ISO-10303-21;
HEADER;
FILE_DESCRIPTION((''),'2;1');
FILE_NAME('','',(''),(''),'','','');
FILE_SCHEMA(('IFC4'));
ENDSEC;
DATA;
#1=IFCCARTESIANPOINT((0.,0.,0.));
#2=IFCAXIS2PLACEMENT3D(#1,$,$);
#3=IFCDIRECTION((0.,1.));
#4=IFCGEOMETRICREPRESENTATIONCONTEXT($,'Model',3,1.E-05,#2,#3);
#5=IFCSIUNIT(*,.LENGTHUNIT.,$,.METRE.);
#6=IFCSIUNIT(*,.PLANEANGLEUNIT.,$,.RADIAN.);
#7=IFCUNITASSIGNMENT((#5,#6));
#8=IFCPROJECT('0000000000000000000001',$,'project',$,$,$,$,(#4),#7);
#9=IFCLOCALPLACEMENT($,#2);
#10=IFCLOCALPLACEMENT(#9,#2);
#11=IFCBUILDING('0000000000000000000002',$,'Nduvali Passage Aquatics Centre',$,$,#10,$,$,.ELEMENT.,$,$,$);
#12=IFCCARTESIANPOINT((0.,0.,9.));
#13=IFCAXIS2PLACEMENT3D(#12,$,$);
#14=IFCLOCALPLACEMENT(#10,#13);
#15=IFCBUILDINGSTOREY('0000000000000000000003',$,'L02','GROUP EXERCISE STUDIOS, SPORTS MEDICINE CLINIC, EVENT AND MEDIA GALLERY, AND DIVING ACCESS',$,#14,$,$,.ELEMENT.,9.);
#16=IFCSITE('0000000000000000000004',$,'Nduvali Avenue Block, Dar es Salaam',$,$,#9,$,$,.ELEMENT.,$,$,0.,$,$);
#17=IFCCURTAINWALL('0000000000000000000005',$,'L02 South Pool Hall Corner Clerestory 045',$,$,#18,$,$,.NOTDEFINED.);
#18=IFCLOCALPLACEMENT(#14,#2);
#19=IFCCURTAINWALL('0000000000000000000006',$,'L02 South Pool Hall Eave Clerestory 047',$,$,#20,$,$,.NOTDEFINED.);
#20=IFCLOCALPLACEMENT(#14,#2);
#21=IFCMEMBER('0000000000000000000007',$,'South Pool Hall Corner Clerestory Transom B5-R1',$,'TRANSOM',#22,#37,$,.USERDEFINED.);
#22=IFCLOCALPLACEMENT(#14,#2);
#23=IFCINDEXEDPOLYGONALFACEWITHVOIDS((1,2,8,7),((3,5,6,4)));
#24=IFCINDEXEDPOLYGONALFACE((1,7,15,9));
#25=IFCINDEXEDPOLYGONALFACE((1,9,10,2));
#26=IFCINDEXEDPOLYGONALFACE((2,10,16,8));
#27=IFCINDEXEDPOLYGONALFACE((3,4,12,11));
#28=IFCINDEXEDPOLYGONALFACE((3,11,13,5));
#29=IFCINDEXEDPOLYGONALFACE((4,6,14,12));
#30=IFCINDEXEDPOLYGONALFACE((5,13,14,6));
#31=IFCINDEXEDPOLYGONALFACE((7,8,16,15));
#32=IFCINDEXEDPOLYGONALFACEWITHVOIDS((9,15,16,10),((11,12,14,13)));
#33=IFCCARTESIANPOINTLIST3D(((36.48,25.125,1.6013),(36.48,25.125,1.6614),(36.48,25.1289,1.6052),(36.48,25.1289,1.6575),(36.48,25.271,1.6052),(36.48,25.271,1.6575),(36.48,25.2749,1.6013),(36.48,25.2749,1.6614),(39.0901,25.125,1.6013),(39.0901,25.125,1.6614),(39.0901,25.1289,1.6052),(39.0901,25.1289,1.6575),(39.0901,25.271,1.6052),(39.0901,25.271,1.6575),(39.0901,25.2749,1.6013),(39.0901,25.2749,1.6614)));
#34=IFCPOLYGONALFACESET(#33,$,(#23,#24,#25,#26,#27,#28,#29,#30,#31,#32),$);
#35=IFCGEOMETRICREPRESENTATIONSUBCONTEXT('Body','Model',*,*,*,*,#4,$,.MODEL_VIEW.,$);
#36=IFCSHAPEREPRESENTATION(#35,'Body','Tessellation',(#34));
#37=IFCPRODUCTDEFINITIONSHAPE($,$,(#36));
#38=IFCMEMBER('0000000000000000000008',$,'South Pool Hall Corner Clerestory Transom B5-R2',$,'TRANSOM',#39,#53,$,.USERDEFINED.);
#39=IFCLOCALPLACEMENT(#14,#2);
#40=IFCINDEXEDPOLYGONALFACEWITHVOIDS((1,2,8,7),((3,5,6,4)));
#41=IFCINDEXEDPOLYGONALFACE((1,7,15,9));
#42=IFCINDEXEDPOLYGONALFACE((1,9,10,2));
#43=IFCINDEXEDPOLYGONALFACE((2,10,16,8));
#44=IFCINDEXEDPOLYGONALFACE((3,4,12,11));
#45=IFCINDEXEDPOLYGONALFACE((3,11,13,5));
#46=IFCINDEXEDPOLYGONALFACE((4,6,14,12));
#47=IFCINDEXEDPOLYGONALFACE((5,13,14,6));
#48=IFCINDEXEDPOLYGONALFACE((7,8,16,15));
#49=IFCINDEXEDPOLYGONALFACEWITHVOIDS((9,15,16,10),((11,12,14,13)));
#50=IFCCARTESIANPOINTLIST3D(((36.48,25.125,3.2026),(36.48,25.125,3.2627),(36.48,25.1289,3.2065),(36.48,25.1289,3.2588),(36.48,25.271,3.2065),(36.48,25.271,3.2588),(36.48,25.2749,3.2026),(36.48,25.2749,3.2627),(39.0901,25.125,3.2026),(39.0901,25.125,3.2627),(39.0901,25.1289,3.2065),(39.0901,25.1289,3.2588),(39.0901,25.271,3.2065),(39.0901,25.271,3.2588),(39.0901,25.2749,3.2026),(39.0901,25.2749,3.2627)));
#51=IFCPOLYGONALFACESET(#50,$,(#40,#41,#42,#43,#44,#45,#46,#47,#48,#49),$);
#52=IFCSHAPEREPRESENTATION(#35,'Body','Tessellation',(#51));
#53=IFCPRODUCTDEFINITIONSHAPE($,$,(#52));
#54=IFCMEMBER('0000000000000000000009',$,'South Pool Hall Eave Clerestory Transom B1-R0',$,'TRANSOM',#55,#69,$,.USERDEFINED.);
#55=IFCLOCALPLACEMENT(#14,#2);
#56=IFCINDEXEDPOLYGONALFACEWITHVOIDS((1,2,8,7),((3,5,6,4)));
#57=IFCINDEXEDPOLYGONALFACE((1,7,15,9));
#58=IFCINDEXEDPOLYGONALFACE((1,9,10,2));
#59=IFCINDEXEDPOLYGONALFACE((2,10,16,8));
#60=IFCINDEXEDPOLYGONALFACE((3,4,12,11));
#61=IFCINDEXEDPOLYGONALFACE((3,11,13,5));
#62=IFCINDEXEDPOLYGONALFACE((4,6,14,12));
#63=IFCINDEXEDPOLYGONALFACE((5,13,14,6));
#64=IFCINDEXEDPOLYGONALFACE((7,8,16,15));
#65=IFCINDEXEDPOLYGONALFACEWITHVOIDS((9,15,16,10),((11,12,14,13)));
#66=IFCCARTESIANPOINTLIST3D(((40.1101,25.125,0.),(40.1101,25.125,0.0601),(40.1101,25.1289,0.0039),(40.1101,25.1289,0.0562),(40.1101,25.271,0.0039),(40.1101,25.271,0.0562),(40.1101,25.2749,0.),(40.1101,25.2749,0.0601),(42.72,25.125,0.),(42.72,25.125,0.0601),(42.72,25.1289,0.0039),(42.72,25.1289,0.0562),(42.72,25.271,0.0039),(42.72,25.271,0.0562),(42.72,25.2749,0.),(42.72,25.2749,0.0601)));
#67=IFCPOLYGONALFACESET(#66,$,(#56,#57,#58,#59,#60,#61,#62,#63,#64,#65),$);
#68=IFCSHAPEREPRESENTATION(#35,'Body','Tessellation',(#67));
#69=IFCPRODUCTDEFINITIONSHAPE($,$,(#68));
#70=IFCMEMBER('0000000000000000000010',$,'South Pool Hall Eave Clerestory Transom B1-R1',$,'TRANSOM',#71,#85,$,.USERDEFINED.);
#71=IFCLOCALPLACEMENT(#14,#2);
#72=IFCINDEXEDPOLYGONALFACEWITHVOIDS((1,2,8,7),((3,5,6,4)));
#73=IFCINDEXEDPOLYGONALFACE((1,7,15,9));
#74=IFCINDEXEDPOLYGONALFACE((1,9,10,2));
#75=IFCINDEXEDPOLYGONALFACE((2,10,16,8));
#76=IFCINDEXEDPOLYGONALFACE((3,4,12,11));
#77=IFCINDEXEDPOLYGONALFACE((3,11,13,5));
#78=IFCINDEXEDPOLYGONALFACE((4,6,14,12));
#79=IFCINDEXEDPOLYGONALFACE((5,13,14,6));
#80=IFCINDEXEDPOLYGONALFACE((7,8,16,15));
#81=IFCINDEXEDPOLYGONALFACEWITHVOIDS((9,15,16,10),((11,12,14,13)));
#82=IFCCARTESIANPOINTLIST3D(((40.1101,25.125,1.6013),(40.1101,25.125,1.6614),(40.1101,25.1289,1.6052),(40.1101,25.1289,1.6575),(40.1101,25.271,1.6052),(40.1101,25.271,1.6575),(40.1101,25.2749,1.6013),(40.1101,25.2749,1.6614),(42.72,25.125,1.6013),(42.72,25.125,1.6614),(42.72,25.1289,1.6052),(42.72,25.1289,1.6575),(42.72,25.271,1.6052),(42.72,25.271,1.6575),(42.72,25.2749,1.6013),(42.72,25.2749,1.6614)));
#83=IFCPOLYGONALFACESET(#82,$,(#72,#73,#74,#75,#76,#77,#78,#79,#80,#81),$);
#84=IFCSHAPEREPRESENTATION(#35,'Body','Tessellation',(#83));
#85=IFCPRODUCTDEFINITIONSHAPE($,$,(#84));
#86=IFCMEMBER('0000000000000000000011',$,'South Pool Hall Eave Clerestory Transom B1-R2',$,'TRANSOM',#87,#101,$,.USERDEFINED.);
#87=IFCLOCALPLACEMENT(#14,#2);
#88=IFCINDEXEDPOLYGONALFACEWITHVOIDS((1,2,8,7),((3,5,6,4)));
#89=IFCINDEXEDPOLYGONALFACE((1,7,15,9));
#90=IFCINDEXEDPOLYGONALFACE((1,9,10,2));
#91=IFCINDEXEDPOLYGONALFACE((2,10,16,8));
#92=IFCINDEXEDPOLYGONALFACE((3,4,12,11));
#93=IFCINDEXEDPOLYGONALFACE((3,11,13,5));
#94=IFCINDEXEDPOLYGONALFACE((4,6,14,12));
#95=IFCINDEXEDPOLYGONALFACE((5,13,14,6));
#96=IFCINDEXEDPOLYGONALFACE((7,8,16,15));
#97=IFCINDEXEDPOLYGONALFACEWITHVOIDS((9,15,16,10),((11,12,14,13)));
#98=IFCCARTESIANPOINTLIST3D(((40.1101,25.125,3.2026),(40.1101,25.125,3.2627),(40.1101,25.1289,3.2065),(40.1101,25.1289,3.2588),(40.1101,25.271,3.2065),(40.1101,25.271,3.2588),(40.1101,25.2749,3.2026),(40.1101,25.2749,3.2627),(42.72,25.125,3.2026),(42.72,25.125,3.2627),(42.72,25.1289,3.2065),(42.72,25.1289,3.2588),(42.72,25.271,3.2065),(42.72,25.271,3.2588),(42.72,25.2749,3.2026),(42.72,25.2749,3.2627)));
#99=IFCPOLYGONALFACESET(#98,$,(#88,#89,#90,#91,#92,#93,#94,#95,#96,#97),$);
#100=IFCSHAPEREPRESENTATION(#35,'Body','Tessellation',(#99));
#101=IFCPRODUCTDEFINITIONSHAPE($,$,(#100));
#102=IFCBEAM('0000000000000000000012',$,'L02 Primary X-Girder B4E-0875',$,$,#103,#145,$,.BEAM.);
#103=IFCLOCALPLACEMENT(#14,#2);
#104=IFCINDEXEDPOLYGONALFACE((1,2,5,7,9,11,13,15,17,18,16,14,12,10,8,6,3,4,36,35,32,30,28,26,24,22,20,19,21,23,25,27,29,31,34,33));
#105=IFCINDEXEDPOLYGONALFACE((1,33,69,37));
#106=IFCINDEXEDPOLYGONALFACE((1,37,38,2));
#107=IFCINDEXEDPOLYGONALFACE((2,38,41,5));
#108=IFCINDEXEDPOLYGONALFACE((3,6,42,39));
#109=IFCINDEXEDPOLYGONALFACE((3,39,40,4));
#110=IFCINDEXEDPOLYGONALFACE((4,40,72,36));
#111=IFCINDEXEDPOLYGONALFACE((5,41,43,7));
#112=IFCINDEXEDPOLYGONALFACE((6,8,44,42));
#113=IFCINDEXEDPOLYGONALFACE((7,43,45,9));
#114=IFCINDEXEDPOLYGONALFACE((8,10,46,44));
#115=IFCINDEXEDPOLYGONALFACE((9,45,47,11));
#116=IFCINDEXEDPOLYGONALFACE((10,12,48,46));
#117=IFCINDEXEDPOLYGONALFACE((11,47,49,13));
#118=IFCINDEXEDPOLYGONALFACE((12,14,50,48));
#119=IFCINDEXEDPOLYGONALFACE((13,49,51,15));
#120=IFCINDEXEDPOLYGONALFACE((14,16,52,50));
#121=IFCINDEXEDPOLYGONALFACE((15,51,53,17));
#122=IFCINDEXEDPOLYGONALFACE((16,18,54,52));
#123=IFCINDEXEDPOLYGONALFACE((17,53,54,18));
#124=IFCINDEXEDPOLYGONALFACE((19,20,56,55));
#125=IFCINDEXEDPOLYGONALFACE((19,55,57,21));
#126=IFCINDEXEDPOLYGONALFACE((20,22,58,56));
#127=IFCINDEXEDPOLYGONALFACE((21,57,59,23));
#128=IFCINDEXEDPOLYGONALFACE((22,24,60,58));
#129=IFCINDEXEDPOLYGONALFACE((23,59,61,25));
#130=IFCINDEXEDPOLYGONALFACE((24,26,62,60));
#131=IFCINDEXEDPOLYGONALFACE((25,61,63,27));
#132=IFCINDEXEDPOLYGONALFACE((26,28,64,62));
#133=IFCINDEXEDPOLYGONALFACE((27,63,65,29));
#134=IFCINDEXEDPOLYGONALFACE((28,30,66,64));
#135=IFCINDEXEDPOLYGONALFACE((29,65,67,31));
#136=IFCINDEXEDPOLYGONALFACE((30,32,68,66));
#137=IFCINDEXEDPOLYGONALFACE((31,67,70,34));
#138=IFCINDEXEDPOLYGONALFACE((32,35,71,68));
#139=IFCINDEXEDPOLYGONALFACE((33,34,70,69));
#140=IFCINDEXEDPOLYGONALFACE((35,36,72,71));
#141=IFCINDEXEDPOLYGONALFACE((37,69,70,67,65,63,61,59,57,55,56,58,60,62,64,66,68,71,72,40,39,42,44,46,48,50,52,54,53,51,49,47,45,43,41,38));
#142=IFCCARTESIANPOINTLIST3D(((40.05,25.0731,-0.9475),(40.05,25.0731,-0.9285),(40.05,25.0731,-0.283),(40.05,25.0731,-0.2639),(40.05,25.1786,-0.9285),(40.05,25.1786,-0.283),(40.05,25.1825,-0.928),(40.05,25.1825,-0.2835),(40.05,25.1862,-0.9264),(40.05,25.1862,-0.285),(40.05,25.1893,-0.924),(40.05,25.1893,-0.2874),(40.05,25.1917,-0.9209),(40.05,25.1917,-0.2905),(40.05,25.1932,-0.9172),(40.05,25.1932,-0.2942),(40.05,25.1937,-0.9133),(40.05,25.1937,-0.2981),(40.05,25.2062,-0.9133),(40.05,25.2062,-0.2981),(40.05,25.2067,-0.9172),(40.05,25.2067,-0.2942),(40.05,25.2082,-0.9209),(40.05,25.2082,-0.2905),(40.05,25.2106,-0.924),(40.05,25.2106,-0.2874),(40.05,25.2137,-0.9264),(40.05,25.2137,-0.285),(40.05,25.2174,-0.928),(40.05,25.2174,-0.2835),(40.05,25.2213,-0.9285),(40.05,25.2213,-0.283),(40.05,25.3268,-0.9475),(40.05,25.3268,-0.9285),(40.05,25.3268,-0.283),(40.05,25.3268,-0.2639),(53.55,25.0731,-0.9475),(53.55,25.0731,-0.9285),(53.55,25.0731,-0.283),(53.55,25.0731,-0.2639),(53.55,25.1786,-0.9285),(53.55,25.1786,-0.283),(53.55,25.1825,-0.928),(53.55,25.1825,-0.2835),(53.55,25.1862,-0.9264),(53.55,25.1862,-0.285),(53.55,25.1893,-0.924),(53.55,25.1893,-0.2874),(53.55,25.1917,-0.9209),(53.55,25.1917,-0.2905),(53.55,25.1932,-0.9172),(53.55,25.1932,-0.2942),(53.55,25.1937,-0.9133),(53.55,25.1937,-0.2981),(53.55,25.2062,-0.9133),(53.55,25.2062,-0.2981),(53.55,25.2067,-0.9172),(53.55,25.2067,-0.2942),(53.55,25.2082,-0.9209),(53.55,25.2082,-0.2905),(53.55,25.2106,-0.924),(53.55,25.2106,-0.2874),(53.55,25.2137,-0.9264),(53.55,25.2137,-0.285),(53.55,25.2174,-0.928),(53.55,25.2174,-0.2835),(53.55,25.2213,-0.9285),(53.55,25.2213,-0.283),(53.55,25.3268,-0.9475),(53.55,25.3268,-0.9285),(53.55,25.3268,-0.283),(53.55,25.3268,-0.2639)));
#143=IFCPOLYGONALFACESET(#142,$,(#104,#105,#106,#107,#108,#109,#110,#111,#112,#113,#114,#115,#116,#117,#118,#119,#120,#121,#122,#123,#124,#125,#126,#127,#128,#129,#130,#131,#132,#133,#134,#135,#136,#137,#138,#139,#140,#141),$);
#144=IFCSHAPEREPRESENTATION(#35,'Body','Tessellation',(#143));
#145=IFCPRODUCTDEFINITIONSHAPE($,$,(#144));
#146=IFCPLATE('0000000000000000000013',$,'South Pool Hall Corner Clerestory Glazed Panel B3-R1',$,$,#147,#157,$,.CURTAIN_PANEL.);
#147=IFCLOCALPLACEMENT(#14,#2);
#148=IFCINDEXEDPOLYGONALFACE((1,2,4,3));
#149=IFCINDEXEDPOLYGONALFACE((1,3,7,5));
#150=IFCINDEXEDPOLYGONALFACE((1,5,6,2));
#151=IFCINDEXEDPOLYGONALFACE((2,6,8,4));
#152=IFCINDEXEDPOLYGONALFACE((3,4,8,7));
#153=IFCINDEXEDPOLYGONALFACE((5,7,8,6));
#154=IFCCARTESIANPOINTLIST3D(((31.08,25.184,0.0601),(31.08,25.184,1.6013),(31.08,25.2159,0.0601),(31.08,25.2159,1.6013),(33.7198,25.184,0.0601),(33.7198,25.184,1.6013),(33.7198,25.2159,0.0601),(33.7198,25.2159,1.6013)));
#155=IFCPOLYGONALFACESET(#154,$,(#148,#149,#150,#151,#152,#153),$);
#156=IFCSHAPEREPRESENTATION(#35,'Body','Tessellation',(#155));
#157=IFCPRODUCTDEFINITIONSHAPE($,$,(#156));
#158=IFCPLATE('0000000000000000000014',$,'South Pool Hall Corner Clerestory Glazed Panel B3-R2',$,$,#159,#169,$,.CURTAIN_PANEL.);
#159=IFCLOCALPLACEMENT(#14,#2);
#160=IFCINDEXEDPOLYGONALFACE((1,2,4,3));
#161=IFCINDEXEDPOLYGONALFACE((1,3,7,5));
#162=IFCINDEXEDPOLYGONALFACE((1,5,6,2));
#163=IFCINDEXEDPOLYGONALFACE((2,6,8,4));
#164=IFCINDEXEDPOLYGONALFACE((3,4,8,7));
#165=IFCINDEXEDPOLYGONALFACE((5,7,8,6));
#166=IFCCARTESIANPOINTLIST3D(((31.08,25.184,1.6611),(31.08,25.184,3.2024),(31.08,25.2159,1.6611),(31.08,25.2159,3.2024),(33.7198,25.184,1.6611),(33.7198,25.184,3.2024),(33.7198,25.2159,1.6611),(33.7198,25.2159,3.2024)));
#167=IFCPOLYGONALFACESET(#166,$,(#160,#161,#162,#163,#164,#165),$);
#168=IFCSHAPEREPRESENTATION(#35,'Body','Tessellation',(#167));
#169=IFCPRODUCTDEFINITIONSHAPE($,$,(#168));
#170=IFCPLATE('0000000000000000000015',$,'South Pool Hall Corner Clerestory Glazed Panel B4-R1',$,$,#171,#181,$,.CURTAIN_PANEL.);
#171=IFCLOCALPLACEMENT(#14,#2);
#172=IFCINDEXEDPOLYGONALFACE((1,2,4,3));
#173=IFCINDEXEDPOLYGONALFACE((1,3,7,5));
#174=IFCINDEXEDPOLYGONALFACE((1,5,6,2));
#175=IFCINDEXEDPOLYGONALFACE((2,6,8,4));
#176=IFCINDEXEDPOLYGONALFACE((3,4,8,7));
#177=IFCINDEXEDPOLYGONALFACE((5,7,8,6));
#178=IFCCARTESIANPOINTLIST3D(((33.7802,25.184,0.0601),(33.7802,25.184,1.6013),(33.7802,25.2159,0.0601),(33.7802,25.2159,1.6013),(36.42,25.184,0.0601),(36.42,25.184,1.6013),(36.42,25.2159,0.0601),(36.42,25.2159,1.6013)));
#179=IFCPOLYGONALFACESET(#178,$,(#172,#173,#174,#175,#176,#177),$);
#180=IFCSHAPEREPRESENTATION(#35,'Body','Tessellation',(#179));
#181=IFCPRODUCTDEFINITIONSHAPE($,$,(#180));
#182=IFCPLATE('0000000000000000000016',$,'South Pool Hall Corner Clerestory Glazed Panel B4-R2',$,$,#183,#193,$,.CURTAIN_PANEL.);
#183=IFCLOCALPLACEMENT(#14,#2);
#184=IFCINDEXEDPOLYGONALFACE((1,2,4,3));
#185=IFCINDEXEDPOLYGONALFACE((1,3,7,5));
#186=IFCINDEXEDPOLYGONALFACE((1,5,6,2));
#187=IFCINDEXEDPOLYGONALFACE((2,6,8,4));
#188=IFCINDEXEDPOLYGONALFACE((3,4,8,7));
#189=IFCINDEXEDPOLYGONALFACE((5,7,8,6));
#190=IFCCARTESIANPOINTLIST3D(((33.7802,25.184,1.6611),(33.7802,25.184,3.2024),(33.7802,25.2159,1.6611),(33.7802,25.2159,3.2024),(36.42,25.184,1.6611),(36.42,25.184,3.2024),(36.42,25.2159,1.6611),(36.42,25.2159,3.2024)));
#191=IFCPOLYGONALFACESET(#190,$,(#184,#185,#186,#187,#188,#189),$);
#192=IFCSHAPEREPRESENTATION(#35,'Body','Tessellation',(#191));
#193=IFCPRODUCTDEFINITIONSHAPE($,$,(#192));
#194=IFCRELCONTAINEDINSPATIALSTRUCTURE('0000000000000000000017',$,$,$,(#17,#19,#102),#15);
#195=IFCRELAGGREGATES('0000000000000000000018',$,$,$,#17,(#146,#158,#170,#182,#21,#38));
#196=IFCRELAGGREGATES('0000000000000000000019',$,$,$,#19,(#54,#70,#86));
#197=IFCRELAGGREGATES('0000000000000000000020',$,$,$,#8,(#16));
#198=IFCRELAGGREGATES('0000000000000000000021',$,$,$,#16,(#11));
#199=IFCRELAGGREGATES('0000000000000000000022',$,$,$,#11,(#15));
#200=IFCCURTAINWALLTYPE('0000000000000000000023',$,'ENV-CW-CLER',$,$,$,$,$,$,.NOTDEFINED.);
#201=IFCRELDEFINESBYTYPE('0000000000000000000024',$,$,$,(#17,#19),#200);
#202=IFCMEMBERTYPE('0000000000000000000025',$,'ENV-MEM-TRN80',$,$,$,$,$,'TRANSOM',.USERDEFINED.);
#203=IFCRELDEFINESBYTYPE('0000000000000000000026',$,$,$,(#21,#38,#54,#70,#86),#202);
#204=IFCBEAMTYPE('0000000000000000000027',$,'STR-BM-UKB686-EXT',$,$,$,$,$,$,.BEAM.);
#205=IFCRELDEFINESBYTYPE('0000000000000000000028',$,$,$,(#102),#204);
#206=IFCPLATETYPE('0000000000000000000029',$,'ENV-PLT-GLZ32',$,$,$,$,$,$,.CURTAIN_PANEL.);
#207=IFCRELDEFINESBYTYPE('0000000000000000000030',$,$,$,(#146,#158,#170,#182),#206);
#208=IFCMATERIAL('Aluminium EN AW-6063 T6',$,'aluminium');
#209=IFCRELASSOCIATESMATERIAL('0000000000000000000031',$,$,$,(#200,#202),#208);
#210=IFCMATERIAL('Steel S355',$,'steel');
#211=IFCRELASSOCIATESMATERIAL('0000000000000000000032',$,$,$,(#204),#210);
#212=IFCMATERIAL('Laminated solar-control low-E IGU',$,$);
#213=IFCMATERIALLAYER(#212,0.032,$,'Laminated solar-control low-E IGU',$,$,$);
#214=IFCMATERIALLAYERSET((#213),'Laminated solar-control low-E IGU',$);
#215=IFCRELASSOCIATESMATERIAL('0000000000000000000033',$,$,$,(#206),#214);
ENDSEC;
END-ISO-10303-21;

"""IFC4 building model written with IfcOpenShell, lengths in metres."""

from ifc_helpers import new_model, si_unit, direction, frame, origin, origin_2d, place, context, subcontext, project, spatial, rectangle, hollow_rectangle, i_section, extrude, material, layer, layer_set, material_profile, profile_set, type_object, element, aggregate, save


model = new_model("IFC4")

# Units and contexts
model_context = context("Model", 3, precision=1e-05, world=origin(), true_north=direction((0.0, 1.0)))
body_context = subcontext(model_context, "Body", "Model", "MODEL_VIEW")
ifc_project = project(units=[si_unit("LENGTHUNIT", "METRE"), si_unit("PLANEANGLEUNIT", "RADIAN")], contexts=[model_context])

# Site, building, storey
site_placement = place(None, origin())
site = spatial("IfcSite", under=ifc_project, at=site_placement, Name="Nduvali Avenue Block, Dar es Salaam", CompositionType="ELEMENT", RefElevation=0.0)
building_placement = place(site_placement, origin())
building = spatial("IfcBuilding", under=site, at=building_placement, Name="Nduvali Passage Aquatics Centre", CompositionType="ELEMENT")
storey_placement = place(building_placement, frame((0.0, 0.0, 9.0)))
storey = spatial("IfcBuildingStorey", under=building, at=storey_placement, Name="L02", Description="GROUP EXERCISE STUDIOS, SPORTS MEDICINE CLINIC, EVENT AND MEDIA GALLERY, AND DIVING ACCESS", CompositionType="ELEMENT", Elevation=9.0)

# Curtain wall
ifc_material_1 = material(Name="Aluminium EN AW-6063 T6", Category="aluminium")
curtain_wall_type = type_object("IfcCurtainWallType", Name="ENV-CW-CLER", PredefinedType="NOTDEFINED", material=ifc_material_1)
curtain_wall_1_placement = place(storey_placement, origin())
curtain_wall_1 = element("IfcCurtainWall", 1, at=curtain_wall_1_placement, inside=storey, type_object=curtain_wall_type, Name="L02 South Pool Hall Corner Clerestory 045", PredefinedType="NOTDEFINED")

# Curtain wall
curtain_wall_2_placement = place(storey_placement, origin())
curtain_wall_2 = element("IfcCurtainWall", 2, at=curtain_wall_2_placement, inside=storey, type_object=curtain_wall_type, Name="L02 South Pool Hall Eave Clerestory 047", PredefinedType="NOTDEFINED")

# Members
ifc_material_profile_1 = material_profile(ifc_material_1, hollow_rectangle(XDim=0.1499, YDim=0.0601, WallThickness=0.0039, at=origin_2d()), Name="ALU TRANSOM 150x60x4")
ifc_profile_set_1 = profile_set([ifc_material_profile_1], Name="Aluminium EN AW-6063 T6")
member_type_1 = type_object("IfcMemberType", Name="ENV-MEM-TRN80", ElementType="TRANSOM", PredefinedType="USERDEFINED", material=ifc_profile_set_1)
member_1_placement = place(storey_placement, frame((36.48, 25.2, 1.6313), z_axis=(1.0, 0.0, 0.0), x_axis=(0.0, 1.0, 0.0)))
member_1 = element("IfcMember", 3, at=member_1_placement, type_object=member_type_1, Name="South Pool Hall Corner Clerestory Transom B5-R1", ObjectType="TRANSOM", PredefinedType="USERDEFINED", context=body_context, shape_type="SweptSolid", body=[
    extrude(hollow_rectangle(XDim=0.1499, YDim=0.0601, WallThickness=0.0039, at=origin_2d()), origin(), (0.0, 0.0, 1.0), 2.6101),
])
member_2_placement = place(storey_placement, frame((36.48, 25.2, 3.2327), z_axis=(1.0, 0.0, 0.0), x_axis=(0.0, 1.0, 0.0)))
member_2 = element("IfcMember", 4, at=member_2_placement, type_object=member_type_1, Name="South Pool Hall Corner Clerestory Transom B5-R2", ObjectType="TRANSOM", PredefinedType="USERDEFINED", context=body_context, shape_type="SweptSolid", body=[
    extrude(hollow_rectangle(XDim=0.1499, YDim=0.0601, WallThickness=0.0039, at=origin_2d()), origin(), (0.0, 0.0, 1.0), 2.6101),
])
member_3_placement = place(storey_placement, frame((40.1101, 25.2, 0.03), z_axis=(1.0, 0.0, 0.0), x_axis=(0.0, 1.0, 0.0)))
member_3 = element("IfcMember", 5, at=member_3_placement, type_object=member_type_1, Name="South Pool Hall Eave Clerestory Transom B1-R0", ObjectType="TRANSOM", PredefinedType="USERDEFINED", context=body_context, shape_type="SweptSolid", body=[
    extrude(hollow_rectangle(XDim=0.1499, YDim=0.0601, WallThickness=0.0039, at=origin_2d()), origin(), (0.0, 0.0, 1.0), 2.6099),
])
member_4_placement = place(storey_placement, frame((40.1101, 25.2, 1.6313), z_axis=(1.0, 0.0, 0.0), x_axis=(0.0, 1.0, 0.0)))
member_4 = element("IfcMember", 6, at=member_4_placement, type_object=member_type_1, Name="South Pool Hall Eave Clerestory Transom B1-R1", ObjectType="TRANSOM", PredefinedType="USERDEFINED", context=body_context, shape_type="SweptSolid", body=[
    extrude(hollow_rectangle(XDim=0.1499, YDim=0.0601, WallThickness=0.0039, at=origin_2d()), origin(), (0.0, 0.0, 1.0), 2.6099),
])
member_5_placement = place(storey_placement, frame((40.1101, 25.2, 3.2327), z_axis=(1.0, 0.0, 0.0), x_axis=(0.0, 1.0, 0.0)))
member_5 = element("IfcMember", 7, at=member_5_placement, type_object=member_type_1, Name="South Pool Hall Eave Clerestory Transom B1-R2", ObjectType="TRANSOM", PredefinedType="USERDEFINED", context=body_context, shape_type="SweptSolid", body=[
    extrude(hollow_rectangle(XDim=0.1499, YDim=0.0601, WallThickness=0.0039, at=origin_2d()), origin(), (0.0, 0.0, 1.0), 2.6099),
])

# Beam
ifc_material_2 = material(Name="Steel S355", Category="steel")
ifc_material_profile_2 = material_profile(ifc_material_2, i_section(OverallWidth=0.2537, OverallDepth=0.6836, WebThickness=0.0125, FlangeThickness=0.019, FilletRadius=0.0151, at=origin_2d()), Name="UKB 686x254x140")
ifc_profile_set_2 = profile_set([ifc_material_profile_2], Name="Steel S355")
beam_type = type_object("IfcBeamType", Name="STR-BM-UKB686-EXT", PredefinedType="BEAM", material=ifc_profile_set_2)
beam_placement = place(storey_placement, frame((40.05, 25.2, -0.6057), z_axis=(1.0, 0.0, 0.0), x_axis=(0.0, 1.0, 0.0)))
element("IfcBeam", 8, at=beam_placement, inside=storey, type_object=beam_type, Name="L02 Primary X-Girder B4E-0875", PredefinedType="BEAM", context=body_context, shape_type="SweptSolid", body=[
    extrude(i_section(OverallWidth=0.2537, OverallDepth=0.6836, WebThickness=0.0125, FlangeThickness=0.019, FilletRadius=0.0151, at=origin_2d()), origin(), (0.0, 0.0, 1.0), 13.5),
])

# Plates
ifc_material_3 = material(Name="Laminated solar-control low-E IGU")
ifc_layer = layer(ifc_material_3, 0.032, Name="Laminated solar-control low-E IGU")
ifc_layer_set = layer_set([ifc_layer], Name="Laminated solar-control low-E IGU")
plate_type = type_object("IfcPlateType", Name="ENV-PLT-GLZ32", PredefinedType="CURTAIN_PANEL", material=ifc_layer_set)
plate_1_placement = place(storey_placement, frame((32.3999, 25.2, 0.0601), z_axis=(0.0, 0.0, 1.0), x_axis=(1.0, 0.0, 0.0)))
plate_1 = element("IfcPlate", 9, at=plate_1_placement, type_object=plate_type, Name="South Pool Hall Corner Clerestory Glazed Panel B3-R1", PredefinedType="CURTAIN_PANEL", context=body_context, shape_type="SweptSolid", body=[
    extrude(rectangle(XDim=2.6399, YDim=0.032, at=origin_2d()), origin(), (0.0, 0.0, 1.0), 1.5413),
])
plate_2_placement = place(storey_placement, frame((32.3999, 25.2, 1.6611), z_axis=(0.0, 0.0, 1.0), x_axis=(1.0, 0.0, 0.0)))
plate_2 = element("IfcPlate", 10, at=plate_2_placement, type_object=plate_type, Name="South Pool Hall Corner Clerestory Glazed Panel B3-R2", PredefinedType="CURTAIN_PANEL", context=body_context, shape_type="SweptSolid", body=[
    extrude(rectangle(XDim=2.6399, YDim=0.032, at=origin_2d()), origin(), (0.0, 0.0, 1.0), 1.5413),
])
plate_3_placement = place(storey_placement, frame((35.1001, 25.2, 0.0601), z_axis=(0.0, 0.0, 1.0), x_axis=(1.0, 0.0, 0.0)))
plate_3 = element("IfcPlate", 11, at=plate_3_placement, type_object=plate_type, Name="South Pool Hall Corner Clerestory Glazed Panel B4-R1", PredefinedType="CURTAIN_PANEL", context=body_context, shape_type="SweptSolid", body=[
    extrude(rectangle(XDim=2.6399, YDim=0.032, at=origin_2d()), origin(), (0.0, 0.0, 1.0), 1.5413),
])
plate_4_placement = place(storey_placement, frame((35.1001, 25.2, 1.6611), z_axis=(0.0, 0.0, 1.0), x_axis=(1.0, 0.0, 0.0)))
plate_4 = element("IfcPlate", 12, at=plate_4_placement, type_object=plate_type, Name="South Pool Hall Corner Clerestory Glazed Panel B4-R2", PredefinedType="CURTAIN_PANEL", context=body_context, shape_type="SweptSolid", body=[
    extrude(rectangle(XDim=2.6399, YDim=0.032, at=origin_2d()), origin(), (0.0, 0.0, 1.0), 1.5413),
])
aggregate(curtain_wall_1, [plate_1, plate_2, plate_3, plate_4, member_1, member_2])
aggregate(curtain_wall_2, [member_3, member_4, member_5])

save(model, "model.ifc")
